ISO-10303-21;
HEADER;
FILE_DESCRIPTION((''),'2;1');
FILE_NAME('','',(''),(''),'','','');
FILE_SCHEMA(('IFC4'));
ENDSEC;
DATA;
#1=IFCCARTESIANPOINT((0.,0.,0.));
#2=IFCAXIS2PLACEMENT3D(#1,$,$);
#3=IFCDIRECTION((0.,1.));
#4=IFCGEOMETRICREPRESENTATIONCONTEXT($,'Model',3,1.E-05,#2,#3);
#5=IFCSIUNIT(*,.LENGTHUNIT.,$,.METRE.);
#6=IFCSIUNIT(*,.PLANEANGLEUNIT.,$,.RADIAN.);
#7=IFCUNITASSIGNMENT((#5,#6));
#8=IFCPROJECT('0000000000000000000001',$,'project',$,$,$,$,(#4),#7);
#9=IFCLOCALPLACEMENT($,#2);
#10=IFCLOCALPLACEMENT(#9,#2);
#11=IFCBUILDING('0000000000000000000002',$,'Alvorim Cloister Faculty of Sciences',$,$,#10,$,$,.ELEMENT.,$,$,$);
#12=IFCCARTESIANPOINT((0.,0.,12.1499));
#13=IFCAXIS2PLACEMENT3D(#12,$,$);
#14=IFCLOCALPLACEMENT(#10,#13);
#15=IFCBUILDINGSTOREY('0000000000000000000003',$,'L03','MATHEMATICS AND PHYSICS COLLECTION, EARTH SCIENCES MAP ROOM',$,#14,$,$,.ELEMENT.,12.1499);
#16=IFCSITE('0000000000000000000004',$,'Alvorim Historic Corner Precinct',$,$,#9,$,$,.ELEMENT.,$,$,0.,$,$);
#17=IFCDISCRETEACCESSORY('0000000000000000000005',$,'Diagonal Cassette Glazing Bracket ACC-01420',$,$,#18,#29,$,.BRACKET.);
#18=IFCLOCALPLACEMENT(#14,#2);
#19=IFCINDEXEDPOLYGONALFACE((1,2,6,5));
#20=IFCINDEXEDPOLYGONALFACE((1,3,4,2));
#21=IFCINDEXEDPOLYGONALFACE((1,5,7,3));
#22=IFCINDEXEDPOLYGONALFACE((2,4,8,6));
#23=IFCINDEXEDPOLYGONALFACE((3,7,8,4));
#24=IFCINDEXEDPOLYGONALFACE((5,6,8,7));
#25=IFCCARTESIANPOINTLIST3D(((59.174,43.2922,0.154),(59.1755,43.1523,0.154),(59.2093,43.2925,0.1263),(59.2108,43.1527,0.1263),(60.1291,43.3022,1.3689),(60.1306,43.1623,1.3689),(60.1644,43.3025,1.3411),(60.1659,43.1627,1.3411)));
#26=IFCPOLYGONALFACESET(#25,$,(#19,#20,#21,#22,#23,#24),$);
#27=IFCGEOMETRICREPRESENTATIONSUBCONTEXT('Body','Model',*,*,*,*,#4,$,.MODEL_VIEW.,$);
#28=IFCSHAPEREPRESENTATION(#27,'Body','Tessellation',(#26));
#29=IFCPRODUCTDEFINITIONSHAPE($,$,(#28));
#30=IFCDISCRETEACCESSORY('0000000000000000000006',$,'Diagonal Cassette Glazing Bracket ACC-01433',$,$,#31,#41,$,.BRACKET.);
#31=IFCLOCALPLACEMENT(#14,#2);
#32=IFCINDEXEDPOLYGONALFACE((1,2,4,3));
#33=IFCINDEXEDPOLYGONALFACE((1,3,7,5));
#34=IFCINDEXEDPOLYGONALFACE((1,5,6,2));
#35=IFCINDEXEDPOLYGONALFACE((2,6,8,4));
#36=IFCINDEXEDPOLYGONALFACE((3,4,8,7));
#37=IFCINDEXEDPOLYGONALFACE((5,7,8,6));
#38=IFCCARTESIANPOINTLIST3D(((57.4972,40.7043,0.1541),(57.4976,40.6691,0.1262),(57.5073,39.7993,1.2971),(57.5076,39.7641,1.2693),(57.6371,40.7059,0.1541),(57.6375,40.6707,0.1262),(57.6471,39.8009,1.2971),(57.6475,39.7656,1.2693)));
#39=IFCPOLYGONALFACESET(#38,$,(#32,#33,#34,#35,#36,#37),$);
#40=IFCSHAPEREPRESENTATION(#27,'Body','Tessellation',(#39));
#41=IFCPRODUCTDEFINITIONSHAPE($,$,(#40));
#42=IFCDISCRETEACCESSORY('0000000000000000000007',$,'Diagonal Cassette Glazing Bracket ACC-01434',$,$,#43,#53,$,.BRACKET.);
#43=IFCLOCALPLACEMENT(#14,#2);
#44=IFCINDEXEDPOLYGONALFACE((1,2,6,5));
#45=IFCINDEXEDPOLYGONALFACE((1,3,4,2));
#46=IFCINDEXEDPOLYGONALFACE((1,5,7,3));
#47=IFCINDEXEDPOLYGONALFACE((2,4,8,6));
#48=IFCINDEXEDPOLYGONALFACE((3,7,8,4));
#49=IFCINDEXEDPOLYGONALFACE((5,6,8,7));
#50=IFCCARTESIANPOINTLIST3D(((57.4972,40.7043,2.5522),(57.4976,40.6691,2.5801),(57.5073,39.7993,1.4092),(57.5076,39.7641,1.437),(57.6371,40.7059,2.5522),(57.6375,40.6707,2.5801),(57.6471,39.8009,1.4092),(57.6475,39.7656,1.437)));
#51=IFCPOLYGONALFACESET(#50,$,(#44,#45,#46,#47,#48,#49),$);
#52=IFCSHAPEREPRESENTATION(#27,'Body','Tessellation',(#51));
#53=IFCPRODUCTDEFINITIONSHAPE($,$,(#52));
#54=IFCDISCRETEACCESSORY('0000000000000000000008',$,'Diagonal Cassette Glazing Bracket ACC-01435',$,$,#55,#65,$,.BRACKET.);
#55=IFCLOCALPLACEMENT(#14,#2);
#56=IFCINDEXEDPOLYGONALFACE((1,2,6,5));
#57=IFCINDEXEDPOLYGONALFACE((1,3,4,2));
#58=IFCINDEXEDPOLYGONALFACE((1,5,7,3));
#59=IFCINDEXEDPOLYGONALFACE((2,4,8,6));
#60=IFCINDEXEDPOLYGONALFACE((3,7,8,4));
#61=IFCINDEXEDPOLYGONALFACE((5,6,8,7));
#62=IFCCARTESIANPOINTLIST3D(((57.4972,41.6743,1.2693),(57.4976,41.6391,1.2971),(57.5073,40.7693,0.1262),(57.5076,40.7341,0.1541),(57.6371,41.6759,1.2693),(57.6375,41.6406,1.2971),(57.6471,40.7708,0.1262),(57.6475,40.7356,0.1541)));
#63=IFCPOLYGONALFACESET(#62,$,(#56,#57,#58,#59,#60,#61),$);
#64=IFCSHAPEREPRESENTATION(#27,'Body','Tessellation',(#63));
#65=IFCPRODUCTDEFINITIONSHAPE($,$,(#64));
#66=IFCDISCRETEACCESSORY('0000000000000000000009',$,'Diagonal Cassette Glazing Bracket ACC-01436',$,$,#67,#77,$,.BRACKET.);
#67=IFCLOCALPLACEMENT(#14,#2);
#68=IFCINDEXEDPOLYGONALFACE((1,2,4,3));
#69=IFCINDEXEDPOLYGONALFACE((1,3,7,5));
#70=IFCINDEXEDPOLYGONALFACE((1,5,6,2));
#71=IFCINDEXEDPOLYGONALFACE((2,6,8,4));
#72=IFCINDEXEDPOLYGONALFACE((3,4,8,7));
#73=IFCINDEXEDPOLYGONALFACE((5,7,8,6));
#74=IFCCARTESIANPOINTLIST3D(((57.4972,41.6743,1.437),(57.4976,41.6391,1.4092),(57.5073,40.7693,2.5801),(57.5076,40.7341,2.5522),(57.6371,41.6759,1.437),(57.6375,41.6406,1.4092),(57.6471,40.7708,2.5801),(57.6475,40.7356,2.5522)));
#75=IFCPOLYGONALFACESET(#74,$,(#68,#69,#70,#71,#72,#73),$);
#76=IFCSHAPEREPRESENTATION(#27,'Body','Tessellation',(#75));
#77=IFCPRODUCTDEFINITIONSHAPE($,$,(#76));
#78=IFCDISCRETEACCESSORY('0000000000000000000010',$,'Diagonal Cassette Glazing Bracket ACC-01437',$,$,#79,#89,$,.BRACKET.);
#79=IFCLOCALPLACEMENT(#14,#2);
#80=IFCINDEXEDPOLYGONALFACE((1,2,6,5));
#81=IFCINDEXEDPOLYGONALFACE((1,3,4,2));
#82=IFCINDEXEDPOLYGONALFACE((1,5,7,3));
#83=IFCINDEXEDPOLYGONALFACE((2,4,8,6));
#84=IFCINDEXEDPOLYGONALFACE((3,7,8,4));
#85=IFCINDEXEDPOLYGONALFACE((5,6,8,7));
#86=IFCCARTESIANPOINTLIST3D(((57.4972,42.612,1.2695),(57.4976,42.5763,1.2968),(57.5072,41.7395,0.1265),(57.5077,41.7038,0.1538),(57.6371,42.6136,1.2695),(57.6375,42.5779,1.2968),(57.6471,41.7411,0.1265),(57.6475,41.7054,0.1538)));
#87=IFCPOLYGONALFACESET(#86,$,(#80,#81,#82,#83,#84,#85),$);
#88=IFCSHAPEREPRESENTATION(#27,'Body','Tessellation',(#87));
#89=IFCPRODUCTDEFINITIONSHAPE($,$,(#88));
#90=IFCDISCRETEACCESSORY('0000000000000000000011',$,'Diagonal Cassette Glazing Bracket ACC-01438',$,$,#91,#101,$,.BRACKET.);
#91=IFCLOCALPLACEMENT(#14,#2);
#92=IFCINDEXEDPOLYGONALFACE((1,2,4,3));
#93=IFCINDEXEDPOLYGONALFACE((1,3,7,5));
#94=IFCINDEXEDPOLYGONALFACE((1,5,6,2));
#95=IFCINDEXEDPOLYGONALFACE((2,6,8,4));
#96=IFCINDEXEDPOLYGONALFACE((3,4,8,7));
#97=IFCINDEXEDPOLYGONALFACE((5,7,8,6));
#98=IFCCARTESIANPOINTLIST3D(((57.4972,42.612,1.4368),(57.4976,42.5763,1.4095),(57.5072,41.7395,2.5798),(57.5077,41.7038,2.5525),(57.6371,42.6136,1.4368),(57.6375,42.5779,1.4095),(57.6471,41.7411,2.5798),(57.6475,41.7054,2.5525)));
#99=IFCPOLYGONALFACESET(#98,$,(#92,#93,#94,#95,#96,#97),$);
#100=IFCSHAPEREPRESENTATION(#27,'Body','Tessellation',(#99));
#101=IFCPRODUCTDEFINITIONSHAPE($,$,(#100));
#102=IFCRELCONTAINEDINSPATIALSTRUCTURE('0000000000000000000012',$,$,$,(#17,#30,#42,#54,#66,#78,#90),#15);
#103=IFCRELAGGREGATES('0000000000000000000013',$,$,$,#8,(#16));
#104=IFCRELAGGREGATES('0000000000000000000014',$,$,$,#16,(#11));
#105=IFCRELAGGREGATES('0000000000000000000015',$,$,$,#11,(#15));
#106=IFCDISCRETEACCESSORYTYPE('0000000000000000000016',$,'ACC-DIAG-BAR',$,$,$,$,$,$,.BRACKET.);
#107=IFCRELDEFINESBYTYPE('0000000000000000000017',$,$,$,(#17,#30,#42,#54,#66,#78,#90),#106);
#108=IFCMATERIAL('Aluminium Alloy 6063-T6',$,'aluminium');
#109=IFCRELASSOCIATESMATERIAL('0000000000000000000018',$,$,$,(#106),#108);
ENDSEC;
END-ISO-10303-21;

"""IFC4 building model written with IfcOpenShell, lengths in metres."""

from ifc_helpers import new_model, si_unit, direction, frame, origin, origin_2d, place, context, subcontext, project, spatial, rectangle, extrude, material, type_object, element, save


model = new_model("IFC4")

# Units and contexts
model_context = context("Model", 3, precision=1e-05, world=origin(), true_north=direction((0.0, 1.0)))
body_context = subcontext(model_context, "Body", "Model", "MODEL_VIEW")
ifc_project = project(units=[si_unit("LENGTHUNIT", "METRE"), si_unit("PLANEANGLEUNIT", "RADIAN")], contexts=[model_context])

# Site, building, storey
site_placement = place(None, origin())
site = spatial("IfcSite", under=ifc_project, at=site_placement, Name="Alvorim Historic Corner Precinct", CompositionType="ELEMENT", RefElevation=0.0)
building_placement = place(site_placement, origin())
building = spatial("IfcBuilding", under=site, at=building_placement, Name="Alvorim Cloister Faculty of Sciences", CompositionType="ELEMENT")
storey_placement = place(building_placement, frame((0.0, 0.0, 12.1499)))
storey = spatial("IfcBuildingStorey", under=building, at=storey_placement, Name="L03", Description="MATHEMATICS AND PHYSICS COLLECTION, EARTH SCIENCES MAP ROOM", CompositionType="ELEMENT", Elevation=12.1499)

# Shared definitions
ifc_material_1 = material(Name="Aluminium Alloy 6063-T6", Category="aluminium")

# Discrete accessories
discrete_accessory_type = type_object("IfcDiscreteAccessoryType", Name="ACC-DIAG-BAR", PredefinedType="BRACKET", material=ifc_material_1)
discrete_accessory_1_placement = place(storey_placement, frame((59.1924, 43.2224, 0.1401), z_axis=(0.618032, 0.006477, 0.786126), x_axis=(-0.01048, 0.999945, 0.0)))
element("IfcDiscreteAccessory", 1, at=discrete_accessory_1_placement, inside=storey, type_object=discrete_accessory_type, Name="Diagonal Cassette Glazing Bracket ACC-01420", PredefinedType="BRACKET", context=body_context, shape_type="SweptSolid", body=[
    extrude(rectangle(XDim=0.1399, YDim=0.0449, at=origin_2d()), origin(), (0.0, 0.0, 1.0), 1.5454),
])
for number, where, z_axis, x_axis, name in (
    (2, (57.5774, 39.7825, 1.2832), (-0.006865, 0.620731, -0.783993), (-0.999939, -0.011059, 0.0), "Diagonal Cassette Glazing Bracket ACC-01433"),
    (3, (57.5774, 39.7825, 1.4231), (-0.006865, 0.620731, 0.783993), (-0.999939, -0.011059, 0.0), "Diagonal Cassette Glazing Bracket ACC-01434"),
    (4, (57.5774, 40.7524, 0.1401), (-0.006865, 0.620731, 0.783993), (-0.999939, -0.011059, 0.0), "Diagonal Cassette Glazing Bracket ACC-01435"),
    (5, (57.5774, 40.7524, 2.5662), (-0.006865, 0.620731, -0.783993), (-0.999939, -0.011059, 0.0), "Diagonal Cassette Glazing Bracket ACC-01436"),
):
    element("IfcDiscreteAccessory", number, at=place(storey_placement, frame(where, z_axis=z_axis, x_axis=x_axis)), inside=storey, type_object=discrete_accessory_type, Name=name, PredefinedType="BRACKET", context=body_context, shape_type="SweptSolid", body=[
        extrude(rectangle(XDim=0.1399, YDim=0.0449, at=origin_2d()), origin(), (0.0, 0.0, 1.0), 1.458),
    ])
for number, where, z_axis, x_axis, name in (
    (6, (57.5774, 41.7224, 0.1401), (-0.006961, 0.606755, 0.794859), (-0.999934, -0.011471, 0.0), "Diagonal Cassette Glazing Bracket ACC-01437"),
    (7, (57.5774, 41.7224, 2.5662), (-0.006961, 0.606755, -0.794859), (-0.999934, -0.011471, 0.0), "Diagonal Cassette Glazing Bracket ACC-01438"),
):
    element("IfcDiscreteAccessory", number, at=place(storey_placement, frame(where, z_axis=z_axis, x_axis=x_axis)), inside=storey, type_object=discrete_accessory_type, Name=name, PredefinedType="BRACKET", context=body_context, shape_type="SweptSolid", body=[
        extrude(rectangle(XDim=0.1399, YDim=0.0449, at=origin_2d()), origin(), (0.0, 0.0, 1.0), 1.438),
    ])

save(model, "model.ifc")
